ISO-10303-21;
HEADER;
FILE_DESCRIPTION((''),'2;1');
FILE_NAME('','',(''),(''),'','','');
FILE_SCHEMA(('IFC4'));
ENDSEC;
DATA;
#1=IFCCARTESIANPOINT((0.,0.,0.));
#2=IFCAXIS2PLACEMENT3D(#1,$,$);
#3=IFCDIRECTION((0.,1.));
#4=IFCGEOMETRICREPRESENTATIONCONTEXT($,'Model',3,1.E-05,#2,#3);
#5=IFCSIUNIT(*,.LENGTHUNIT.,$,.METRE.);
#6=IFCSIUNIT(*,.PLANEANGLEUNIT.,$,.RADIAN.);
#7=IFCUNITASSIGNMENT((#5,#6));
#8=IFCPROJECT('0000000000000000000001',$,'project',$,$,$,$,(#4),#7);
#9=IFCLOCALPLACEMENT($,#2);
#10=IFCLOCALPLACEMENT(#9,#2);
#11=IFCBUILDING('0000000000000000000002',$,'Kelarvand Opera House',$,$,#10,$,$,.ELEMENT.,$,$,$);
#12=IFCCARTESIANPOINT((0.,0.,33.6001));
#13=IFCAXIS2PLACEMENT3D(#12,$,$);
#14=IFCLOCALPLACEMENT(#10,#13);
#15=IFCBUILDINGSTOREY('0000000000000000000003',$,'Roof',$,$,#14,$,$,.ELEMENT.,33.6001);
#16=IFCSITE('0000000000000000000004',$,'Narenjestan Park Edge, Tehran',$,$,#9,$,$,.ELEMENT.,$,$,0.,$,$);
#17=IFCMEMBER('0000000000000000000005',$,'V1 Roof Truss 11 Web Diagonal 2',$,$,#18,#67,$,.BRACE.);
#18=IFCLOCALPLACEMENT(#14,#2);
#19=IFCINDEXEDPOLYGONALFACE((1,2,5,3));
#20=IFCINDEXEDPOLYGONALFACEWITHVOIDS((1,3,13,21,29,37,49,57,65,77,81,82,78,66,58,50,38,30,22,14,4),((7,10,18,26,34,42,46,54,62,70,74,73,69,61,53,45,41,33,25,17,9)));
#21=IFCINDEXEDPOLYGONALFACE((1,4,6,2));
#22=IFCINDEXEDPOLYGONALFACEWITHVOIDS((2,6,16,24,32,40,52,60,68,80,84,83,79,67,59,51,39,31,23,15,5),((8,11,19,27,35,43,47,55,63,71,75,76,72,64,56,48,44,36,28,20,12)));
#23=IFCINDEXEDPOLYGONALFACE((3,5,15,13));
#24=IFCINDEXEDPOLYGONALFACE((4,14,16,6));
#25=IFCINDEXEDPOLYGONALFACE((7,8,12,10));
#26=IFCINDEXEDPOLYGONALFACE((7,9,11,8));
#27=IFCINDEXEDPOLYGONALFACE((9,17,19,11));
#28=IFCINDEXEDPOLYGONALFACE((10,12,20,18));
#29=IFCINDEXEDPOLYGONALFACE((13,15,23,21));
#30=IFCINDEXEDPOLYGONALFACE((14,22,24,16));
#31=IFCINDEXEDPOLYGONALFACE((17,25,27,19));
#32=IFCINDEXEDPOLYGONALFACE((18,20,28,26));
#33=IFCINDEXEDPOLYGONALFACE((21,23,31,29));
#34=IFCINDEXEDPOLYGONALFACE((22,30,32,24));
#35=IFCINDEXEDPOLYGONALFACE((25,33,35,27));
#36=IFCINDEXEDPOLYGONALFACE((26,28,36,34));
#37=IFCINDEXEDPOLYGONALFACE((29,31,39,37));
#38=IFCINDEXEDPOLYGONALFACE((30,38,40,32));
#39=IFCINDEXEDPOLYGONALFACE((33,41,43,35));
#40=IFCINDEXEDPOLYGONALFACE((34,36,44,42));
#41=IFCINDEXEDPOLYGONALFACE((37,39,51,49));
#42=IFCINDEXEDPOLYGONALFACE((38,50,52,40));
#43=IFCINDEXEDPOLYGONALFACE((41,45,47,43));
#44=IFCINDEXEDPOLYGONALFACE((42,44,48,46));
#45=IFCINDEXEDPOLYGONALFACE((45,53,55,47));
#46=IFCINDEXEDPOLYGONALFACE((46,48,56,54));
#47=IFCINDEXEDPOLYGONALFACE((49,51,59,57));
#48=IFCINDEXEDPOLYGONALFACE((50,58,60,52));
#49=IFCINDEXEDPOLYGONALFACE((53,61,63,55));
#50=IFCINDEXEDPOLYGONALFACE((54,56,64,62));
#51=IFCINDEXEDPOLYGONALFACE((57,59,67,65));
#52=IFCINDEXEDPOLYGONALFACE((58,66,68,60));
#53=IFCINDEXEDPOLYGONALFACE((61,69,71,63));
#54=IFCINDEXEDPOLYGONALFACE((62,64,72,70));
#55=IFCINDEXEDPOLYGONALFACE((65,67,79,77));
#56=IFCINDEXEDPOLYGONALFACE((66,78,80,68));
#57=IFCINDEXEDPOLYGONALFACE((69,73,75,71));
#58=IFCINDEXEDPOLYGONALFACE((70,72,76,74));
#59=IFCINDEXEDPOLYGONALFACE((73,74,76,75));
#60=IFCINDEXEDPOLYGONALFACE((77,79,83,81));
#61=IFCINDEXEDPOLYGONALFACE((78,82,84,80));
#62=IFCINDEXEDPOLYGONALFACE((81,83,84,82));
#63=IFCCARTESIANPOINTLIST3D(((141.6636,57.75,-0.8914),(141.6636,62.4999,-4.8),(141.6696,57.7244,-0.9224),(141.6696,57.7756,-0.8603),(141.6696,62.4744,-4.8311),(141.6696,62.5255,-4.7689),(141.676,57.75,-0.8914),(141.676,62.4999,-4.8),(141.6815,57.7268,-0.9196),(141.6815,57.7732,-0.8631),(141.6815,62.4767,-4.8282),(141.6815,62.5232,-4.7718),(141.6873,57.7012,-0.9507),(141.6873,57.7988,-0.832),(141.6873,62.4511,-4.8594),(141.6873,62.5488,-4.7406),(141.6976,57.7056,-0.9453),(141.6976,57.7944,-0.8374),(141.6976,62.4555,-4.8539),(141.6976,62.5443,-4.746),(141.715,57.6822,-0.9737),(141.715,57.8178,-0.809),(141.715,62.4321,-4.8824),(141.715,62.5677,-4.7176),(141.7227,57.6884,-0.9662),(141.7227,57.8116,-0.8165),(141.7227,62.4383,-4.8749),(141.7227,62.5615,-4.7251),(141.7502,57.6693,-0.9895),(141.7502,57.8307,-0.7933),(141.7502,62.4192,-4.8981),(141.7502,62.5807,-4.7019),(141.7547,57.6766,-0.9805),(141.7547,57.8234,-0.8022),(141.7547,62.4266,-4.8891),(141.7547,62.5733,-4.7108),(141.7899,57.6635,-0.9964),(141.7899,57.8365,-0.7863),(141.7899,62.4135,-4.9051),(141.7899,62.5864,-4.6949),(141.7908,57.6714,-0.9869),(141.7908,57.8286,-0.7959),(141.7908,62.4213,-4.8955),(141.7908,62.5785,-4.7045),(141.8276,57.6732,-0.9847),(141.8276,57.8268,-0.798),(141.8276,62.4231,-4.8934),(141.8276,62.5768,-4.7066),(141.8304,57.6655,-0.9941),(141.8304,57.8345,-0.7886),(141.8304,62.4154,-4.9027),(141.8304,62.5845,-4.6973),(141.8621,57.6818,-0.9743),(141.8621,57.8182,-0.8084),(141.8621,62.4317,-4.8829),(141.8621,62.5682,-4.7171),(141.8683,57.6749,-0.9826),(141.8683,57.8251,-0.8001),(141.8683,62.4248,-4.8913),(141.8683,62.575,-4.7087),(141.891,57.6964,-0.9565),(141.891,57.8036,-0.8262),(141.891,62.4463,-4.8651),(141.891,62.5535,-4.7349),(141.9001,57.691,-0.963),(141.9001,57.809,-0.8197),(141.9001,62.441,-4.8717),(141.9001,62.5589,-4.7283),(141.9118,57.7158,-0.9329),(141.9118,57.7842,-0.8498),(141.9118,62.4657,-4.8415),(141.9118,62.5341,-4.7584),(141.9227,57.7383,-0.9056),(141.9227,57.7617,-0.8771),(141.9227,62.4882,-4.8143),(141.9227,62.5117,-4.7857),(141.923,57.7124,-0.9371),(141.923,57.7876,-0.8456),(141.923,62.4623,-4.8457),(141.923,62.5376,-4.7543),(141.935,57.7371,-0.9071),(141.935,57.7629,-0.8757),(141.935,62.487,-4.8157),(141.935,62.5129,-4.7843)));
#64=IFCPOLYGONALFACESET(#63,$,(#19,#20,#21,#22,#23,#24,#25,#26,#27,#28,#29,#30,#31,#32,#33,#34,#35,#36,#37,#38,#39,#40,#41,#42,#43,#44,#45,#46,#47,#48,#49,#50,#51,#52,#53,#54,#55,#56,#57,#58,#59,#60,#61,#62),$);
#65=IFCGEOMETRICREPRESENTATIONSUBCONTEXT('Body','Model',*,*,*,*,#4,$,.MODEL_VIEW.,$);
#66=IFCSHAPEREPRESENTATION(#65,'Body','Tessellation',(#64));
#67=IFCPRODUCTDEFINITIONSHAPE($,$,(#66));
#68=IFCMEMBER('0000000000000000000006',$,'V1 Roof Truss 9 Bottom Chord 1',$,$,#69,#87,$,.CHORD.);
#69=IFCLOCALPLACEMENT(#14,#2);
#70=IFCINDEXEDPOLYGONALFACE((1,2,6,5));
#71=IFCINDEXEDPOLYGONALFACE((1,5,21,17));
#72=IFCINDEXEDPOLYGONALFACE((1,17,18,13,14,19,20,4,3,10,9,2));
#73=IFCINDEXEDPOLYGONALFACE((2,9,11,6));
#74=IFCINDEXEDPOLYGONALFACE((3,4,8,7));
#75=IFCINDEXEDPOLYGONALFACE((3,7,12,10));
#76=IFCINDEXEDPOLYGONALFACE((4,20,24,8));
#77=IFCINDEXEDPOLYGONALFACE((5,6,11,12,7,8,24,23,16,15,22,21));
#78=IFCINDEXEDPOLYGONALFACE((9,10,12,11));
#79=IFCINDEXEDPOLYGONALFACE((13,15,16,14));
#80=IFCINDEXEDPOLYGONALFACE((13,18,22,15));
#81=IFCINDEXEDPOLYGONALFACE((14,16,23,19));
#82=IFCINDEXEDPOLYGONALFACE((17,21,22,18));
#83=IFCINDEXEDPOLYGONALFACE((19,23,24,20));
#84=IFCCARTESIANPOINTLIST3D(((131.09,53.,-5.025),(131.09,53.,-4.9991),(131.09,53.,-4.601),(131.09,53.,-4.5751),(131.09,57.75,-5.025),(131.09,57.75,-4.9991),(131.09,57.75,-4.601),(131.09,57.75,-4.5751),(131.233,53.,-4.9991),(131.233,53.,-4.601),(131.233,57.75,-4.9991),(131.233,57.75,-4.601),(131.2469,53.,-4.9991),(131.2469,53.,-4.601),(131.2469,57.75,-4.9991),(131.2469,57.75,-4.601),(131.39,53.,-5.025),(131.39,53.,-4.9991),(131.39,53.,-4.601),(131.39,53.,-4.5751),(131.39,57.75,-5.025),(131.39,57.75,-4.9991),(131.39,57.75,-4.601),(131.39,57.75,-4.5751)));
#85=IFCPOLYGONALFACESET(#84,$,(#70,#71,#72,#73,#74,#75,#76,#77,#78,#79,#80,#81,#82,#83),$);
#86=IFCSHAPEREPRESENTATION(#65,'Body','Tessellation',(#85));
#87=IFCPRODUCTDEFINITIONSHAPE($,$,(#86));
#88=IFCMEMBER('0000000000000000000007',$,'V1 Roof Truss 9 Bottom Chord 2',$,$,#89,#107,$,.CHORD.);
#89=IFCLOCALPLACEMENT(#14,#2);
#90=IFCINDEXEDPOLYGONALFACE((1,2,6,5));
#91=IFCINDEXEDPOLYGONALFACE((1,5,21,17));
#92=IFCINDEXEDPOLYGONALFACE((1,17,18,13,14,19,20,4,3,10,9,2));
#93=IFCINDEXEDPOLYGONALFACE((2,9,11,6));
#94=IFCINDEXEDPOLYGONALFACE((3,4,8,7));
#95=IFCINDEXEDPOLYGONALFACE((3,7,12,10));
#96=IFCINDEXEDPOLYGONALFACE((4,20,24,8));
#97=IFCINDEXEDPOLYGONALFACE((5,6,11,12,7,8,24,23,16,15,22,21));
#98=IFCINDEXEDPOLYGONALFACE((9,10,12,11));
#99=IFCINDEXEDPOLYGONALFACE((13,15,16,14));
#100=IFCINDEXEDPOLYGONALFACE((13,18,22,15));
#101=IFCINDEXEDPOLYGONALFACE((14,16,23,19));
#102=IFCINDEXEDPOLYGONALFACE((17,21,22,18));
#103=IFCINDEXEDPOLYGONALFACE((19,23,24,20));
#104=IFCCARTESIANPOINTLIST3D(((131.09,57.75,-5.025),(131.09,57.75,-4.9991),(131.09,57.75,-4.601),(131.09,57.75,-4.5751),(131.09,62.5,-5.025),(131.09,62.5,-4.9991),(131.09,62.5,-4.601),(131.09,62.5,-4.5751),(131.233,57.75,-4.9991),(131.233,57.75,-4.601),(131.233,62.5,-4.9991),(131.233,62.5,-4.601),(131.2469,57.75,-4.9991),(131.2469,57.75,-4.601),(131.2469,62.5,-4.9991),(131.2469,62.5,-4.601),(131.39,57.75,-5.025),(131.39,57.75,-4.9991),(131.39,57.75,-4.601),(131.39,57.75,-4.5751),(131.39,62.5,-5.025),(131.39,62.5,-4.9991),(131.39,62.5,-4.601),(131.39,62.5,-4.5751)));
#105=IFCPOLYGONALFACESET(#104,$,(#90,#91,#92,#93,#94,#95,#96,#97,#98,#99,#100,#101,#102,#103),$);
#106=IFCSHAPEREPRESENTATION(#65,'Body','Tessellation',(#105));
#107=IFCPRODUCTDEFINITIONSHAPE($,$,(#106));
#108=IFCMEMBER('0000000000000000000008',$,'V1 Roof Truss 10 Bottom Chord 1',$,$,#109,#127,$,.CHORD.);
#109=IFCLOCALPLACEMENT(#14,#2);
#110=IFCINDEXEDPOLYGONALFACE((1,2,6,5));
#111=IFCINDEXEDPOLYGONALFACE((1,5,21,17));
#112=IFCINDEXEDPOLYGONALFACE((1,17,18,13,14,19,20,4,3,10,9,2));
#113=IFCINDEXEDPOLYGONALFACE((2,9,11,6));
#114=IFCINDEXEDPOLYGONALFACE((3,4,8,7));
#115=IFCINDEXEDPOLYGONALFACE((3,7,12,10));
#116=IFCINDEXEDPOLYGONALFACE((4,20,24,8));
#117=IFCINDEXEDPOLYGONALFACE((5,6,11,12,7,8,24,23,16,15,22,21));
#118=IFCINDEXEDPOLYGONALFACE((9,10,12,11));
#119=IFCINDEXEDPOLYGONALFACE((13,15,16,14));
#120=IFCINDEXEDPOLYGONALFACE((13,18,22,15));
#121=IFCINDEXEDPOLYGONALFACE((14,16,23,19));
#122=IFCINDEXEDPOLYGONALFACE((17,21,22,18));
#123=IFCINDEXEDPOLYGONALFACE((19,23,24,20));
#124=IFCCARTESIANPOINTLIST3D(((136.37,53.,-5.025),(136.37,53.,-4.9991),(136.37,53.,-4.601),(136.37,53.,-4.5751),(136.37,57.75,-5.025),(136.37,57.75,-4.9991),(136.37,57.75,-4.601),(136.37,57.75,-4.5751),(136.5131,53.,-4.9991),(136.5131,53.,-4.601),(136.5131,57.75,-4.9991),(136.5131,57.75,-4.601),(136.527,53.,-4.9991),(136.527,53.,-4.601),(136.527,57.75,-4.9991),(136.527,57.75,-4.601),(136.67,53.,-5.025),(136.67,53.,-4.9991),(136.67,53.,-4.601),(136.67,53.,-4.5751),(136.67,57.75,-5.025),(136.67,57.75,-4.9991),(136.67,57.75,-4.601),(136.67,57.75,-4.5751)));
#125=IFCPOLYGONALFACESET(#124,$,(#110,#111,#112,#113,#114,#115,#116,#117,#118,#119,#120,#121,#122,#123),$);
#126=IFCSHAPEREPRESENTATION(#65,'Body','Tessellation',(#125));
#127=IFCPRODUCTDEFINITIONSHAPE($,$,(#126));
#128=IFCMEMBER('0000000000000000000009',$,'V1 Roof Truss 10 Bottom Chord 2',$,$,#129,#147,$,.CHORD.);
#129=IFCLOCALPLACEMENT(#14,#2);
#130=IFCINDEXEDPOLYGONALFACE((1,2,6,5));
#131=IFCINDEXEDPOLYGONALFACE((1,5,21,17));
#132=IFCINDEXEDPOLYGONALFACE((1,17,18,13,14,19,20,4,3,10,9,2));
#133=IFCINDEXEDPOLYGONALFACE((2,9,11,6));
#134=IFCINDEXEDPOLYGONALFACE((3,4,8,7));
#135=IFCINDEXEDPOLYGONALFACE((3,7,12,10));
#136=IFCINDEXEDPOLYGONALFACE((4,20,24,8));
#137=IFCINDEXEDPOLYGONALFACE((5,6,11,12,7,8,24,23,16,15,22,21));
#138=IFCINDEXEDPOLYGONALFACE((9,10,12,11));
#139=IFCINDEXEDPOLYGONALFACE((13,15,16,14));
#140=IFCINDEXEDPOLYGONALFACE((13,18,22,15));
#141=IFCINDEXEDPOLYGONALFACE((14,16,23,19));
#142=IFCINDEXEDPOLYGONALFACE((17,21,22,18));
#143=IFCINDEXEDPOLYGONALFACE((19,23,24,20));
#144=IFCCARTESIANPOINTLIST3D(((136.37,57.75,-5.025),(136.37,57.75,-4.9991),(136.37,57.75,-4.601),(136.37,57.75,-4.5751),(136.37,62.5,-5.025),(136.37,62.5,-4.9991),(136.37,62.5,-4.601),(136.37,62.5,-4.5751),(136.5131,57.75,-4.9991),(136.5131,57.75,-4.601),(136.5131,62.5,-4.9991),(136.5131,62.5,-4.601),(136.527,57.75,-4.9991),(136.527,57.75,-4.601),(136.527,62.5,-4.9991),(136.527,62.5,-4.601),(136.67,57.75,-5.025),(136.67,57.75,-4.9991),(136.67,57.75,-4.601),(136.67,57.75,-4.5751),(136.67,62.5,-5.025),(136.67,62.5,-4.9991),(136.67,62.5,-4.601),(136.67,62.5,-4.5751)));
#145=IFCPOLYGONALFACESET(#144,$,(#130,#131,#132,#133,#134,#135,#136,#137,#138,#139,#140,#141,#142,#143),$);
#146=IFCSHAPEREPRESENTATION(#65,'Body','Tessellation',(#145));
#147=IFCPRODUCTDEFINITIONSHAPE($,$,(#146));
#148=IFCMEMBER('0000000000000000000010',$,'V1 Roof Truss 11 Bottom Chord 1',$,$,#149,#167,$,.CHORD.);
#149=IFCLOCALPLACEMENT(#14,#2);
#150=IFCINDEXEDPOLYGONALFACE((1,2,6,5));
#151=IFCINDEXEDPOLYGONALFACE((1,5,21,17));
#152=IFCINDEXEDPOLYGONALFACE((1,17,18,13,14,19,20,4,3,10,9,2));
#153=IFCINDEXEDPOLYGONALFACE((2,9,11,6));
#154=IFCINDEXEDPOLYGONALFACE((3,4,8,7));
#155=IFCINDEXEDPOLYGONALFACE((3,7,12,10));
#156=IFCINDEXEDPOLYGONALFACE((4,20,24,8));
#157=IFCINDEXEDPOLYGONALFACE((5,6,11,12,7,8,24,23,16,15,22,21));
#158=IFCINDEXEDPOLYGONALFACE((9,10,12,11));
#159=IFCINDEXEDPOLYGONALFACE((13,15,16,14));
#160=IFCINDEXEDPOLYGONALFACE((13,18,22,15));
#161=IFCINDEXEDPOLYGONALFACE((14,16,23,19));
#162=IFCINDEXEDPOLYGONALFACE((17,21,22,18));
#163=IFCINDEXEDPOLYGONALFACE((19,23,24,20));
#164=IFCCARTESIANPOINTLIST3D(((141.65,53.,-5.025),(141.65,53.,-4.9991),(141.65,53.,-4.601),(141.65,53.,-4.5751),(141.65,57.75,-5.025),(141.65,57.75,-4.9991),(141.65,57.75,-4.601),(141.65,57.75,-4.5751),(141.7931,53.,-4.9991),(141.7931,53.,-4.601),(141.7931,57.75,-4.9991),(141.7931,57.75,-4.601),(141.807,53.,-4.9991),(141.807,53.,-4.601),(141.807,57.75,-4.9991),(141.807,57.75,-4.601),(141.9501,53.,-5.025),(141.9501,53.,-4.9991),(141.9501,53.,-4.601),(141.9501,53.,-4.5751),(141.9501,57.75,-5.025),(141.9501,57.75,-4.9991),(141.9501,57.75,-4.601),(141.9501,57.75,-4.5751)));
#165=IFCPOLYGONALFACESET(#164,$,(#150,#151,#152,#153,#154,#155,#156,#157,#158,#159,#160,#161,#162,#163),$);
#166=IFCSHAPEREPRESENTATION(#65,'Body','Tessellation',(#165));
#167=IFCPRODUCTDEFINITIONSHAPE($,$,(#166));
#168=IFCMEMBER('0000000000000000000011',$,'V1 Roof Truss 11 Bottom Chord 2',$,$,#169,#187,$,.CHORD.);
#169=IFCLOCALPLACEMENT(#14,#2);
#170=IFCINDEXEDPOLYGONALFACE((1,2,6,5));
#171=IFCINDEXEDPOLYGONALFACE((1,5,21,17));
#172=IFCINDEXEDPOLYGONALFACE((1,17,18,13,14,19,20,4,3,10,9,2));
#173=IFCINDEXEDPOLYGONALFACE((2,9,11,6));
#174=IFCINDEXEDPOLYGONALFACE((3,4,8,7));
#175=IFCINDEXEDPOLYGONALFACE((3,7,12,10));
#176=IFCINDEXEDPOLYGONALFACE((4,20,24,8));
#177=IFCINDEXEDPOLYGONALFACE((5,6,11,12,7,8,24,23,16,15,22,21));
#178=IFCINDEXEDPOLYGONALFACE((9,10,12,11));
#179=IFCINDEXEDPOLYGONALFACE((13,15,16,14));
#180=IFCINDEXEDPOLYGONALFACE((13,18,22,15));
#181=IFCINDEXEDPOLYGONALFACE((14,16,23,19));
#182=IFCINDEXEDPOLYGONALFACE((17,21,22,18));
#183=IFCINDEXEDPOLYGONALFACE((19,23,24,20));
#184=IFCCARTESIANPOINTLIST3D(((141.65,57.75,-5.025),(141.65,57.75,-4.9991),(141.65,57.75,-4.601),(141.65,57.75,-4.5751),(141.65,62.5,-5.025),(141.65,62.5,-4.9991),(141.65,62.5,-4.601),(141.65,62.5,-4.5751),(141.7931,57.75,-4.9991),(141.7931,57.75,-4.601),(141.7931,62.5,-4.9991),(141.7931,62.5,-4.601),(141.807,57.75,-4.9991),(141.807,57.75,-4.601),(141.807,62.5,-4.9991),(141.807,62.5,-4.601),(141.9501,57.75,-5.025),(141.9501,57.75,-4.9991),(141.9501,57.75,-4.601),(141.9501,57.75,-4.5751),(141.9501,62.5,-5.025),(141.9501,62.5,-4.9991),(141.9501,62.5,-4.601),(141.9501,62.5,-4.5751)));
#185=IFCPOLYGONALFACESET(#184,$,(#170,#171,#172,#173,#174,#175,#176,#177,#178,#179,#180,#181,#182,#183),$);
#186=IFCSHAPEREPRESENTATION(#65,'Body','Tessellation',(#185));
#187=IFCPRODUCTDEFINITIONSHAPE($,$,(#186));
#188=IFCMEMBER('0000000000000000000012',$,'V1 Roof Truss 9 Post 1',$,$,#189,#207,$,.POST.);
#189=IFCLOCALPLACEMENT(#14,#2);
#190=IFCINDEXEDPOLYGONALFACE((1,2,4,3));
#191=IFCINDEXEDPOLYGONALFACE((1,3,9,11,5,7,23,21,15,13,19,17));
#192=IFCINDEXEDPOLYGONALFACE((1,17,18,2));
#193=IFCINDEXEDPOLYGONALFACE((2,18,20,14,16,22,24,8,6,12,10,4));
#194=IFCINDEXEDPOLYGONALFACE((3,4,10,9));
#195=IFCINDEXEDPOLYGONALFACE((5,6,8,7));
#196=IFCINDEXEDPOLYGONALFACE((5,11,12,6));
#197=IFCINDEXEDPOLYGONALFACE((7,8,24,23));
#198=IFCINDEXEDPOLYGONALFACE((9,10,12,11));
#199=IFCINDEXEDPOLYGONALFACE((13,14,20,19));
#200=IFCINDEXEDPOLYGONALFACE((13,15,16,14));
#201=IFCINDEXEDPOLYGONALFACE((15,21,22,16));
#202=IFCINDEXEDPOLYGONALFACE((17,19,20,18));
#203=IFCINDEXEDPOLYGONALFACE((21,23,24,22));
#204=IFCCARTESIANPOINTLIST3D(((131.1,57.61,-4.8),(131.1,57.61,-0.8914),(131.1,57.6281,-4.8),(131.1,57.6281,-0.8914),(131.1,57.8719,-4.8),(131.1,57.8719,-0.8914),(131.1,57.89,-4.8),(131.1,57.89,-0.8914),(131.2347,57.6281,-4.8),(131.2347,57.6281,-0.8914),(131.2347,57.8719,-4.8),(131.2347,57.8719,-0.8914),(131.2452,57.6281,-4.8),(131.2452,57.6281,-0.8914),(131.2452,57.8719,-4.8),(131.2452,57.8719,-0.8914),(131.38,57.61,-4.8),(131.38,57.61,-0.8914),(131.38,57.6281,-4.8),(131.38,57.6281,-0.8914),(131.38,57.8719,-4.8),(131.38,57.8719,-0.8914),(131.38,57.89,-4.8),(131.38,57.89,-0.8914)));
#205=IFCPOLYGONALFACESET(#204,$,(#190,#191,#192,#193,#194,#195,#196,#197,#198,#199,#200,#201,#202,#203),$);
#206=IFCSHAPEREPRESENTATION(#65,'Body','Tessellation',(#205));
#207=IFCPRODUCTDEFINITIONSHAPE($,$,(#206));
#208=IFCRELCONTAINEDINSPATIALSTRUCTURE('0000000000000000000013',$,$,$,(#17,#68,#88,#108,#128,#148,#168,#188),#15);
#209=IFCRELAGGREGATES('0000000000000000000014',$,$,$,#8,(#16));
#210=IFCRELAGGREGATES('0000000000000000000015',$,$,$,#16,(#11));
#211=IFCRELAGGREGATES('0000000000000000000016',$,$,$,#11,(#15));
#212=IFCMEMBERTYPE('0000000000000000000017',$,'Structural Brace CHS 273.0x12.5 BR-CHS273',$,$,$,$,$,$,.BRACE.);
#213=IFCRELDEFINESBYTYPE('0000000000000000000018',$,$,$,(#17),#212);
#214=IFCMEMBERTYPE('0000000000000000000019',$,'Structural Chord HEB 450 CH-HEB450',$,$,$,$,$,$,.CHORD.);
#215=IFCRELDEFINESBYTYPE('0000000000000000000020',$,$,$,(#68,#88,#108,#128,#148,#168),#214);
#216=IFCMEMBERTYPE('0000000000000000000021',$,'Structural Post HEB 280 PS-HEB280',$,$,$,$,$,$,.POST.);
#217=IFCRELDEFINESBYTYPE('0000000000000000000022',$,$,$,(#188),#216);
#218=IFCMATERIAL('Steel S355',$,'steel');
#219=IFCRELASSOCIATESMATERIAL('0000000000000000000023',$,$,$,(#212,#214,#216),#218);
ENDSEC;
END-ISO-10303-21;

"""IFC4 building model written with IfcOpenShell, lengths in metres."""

from ifc_helpers import new_model, si_unit, direction, frame, origin, origin_2d, place, context, subcontext, project, spatial, hollow_circle, i_section, extrude, material, material_profile, profile_set, type_object, element, save


model = new_model("IFC4")

# Units and contexts
model_context = context("Model", 3, precision=1e-05, world=origin(), true_north=direction((0.0, 1.0)))
body_context = subcontext(model_context, "Body", "Model", "MODEL_VIEW")
ifc_project = project(units=[si_unit("LENGTHUNIT", "METRE"), si_unit("PLANEANGLEUNIT", "RADIAN")], contexts=[model_context])

# Site, building, storey
site_placement = place(None, origin())
site = spatial("IfcSite", under=ifc_project, at=site_placement, Name="Narenjestan Park Edge, Tehran", CompositionType="ELEMENT", RefElevation=0.0)
building_placement = place(site_placement, origin())
building = spatial("IfcBuilding", under=site, at=building_placement, Name="Kelarvand Opera House", CompositionType="ELEMENT")
storey_placement = place(building_placement, frame((0.0, 0.0, 33.6001)))
storey = spatial("IfcBuildingStorey", under=building, at=storey_placement, Name="Roof", CompositionType="ELEMENT", Elevation=33.6001)

# Members
ifc_material = material(Name="Steel S355", Category="steel")
ifc_material_profile_1 = material_profile(ifc_material, hollow_circle(Radius=0.1365, WallThickness=0.0125, at=origin_2d()), Name="CHS 273.0x12.5", Category="steel")
ifc_profile_set_1 = profile_set([ifc_material_profile_1], Name="Steel S355")
member_type_1 = type_object("IfcMemberType", Name="Structural Brace CHS 273.0x12.5 BR-CHS273", PredefinedType="BRACE", material=ifc_profile_set_1)
for number, where, z_axis, x_axis, name in (
    (1, (141.8, 57.75, -0.8914), (0.0, 0.772175, -0.63541), (-1.0, 0.0, 0.0), "V1 Roof Truss 11 Web Diagonal 2"),
):
    element("IfcMember", number, at=place(storey_placement, frame(where, z_axis=z_axis, x_axis=x_axis)), inside=storey, type_object=member_type_1, Name=name, PredefinedType="BRACE", context=body_context, shape_type="SweptSolid", body=[
        extrude(hollow_circle(Radius=0.1365, WallThickness=0.0125, at=origin_2d()), origin(), (0.0, 0.0, 1.0), 6.1514),
    ])
ifc_material_profile_2 = material_profile(ifc_material, i_section(OverallWidth=0.3, OverallDepth=0.45, WebThickness=0.0139, FlangeThickness=0.0259, at=origin_2d()), Name="HEB 450", Category="steel")
ifc_profile_set_2 = profile_set([ifc_material_profile_2], Name="Steel S355")
member_type_2 = type_object("IfcMemberType", Name="Structural Chord HEB 450 CH-HEB450", PredefinedType="CHORD", material=ifc_profile_set_2)
for number, where, z_axis, x_axis, name in (
    (2, (131.24, 53.0, -4.8), (0.0, 1.0, 0.0), (-1.0, 0.0, 0.0), "V1 Roof Truss 9 Bottom Chord 1"),
    (3, (131.24, 57.75, -4.8), (0.0, 1.0, 0.0), (-1.0, 0.0, 0.0), "V1 Roof Truss 9 Bottom Chord 2"),
    (4, (136.52, 53.0, -4.8), (0.0, 1.0, 0.0), (-1.0, 0.0, 0.0), "V1 Roof Truss 10 Bottom Chord 1"),
    (5, (136.52, 57.75, -4.8), (0.0, 1.0, 0.0), (-1.0, 0.0, 0.0), "V1 Roof Truss 10 Bottom Chord 2"),
    (6, (141.8, 53.0, -4.8), (0.0, 1.0, 0.0), (-1.0, 0.0, 0.0), "V1 Roof Truss 11 Bottom Chord 1"),
    (7, (141.8, 57.75, -4.8), (0.0, 1.0, 0.0), (-1.0, 0.0, 0.0), "V1 Roof Truss 11 Bottom Chord 2"),
):
    element("IfcMember", number, at=place(storey_placement, frame(where, z_axis=z_axis, x_axis=x_axis)), inside=storey, type_object=member_type_2, Name=name, PredefinedType="CHORD", context=body_context, shape_type="SweptSolid", body=[
        extrude(i_section(OverallWidth=0.3, OverallDepth=0.45, WebThickness=0.0139, FlangeThickness=0.0259, at=origin_2d()), origin(), (0.0, 0.0, 1.0), 4.75),
    ])
ifc_material_profile_3 = material_profile(ifc_material, i_section(OverallWidth=0.28, OverallDepth=0.28, WebThickness=0.0105, FlangeThickness=0.0181, at=origin_2d()), Name="HEB 280", Category="steel")
ifc_profile_set_3 = profile_set([ifc_material_profile_3], Name="Steel S355")
member_type_3 = type_object("IfcMemberType", Name="Structural Post HEB 280 PS-HEB280", PredefinedType="POST", material=ifc_profile_set_3)
for number, where, z_axis, x_axis, name in (
    (8, (131.24, 57.75, -4.8), (0.0, 0.0, 1.0), (1.0, 0.0, 0.0), "V1 Roof Truss 9 Post 1"),
):
    element("IfcMember", number, at=place(storey_placement, frame(where, z_axis=z_axis, x_axis=x_axis)), inside=storey, type_object=member_type_3, Name=name, PredefinedType="POST", context=body_context, shape_type="SweptSolid", body=[
        extrude(i_section(OverallWidth=0.28, OverallDepth=0.28, WebThickness=0.0105, FlangeThickness=0.0181, at=origin_2d()), origin(), (0.0, 0.0, 1.0), 3.9087),
    ])

save(model, "model.ifc")
